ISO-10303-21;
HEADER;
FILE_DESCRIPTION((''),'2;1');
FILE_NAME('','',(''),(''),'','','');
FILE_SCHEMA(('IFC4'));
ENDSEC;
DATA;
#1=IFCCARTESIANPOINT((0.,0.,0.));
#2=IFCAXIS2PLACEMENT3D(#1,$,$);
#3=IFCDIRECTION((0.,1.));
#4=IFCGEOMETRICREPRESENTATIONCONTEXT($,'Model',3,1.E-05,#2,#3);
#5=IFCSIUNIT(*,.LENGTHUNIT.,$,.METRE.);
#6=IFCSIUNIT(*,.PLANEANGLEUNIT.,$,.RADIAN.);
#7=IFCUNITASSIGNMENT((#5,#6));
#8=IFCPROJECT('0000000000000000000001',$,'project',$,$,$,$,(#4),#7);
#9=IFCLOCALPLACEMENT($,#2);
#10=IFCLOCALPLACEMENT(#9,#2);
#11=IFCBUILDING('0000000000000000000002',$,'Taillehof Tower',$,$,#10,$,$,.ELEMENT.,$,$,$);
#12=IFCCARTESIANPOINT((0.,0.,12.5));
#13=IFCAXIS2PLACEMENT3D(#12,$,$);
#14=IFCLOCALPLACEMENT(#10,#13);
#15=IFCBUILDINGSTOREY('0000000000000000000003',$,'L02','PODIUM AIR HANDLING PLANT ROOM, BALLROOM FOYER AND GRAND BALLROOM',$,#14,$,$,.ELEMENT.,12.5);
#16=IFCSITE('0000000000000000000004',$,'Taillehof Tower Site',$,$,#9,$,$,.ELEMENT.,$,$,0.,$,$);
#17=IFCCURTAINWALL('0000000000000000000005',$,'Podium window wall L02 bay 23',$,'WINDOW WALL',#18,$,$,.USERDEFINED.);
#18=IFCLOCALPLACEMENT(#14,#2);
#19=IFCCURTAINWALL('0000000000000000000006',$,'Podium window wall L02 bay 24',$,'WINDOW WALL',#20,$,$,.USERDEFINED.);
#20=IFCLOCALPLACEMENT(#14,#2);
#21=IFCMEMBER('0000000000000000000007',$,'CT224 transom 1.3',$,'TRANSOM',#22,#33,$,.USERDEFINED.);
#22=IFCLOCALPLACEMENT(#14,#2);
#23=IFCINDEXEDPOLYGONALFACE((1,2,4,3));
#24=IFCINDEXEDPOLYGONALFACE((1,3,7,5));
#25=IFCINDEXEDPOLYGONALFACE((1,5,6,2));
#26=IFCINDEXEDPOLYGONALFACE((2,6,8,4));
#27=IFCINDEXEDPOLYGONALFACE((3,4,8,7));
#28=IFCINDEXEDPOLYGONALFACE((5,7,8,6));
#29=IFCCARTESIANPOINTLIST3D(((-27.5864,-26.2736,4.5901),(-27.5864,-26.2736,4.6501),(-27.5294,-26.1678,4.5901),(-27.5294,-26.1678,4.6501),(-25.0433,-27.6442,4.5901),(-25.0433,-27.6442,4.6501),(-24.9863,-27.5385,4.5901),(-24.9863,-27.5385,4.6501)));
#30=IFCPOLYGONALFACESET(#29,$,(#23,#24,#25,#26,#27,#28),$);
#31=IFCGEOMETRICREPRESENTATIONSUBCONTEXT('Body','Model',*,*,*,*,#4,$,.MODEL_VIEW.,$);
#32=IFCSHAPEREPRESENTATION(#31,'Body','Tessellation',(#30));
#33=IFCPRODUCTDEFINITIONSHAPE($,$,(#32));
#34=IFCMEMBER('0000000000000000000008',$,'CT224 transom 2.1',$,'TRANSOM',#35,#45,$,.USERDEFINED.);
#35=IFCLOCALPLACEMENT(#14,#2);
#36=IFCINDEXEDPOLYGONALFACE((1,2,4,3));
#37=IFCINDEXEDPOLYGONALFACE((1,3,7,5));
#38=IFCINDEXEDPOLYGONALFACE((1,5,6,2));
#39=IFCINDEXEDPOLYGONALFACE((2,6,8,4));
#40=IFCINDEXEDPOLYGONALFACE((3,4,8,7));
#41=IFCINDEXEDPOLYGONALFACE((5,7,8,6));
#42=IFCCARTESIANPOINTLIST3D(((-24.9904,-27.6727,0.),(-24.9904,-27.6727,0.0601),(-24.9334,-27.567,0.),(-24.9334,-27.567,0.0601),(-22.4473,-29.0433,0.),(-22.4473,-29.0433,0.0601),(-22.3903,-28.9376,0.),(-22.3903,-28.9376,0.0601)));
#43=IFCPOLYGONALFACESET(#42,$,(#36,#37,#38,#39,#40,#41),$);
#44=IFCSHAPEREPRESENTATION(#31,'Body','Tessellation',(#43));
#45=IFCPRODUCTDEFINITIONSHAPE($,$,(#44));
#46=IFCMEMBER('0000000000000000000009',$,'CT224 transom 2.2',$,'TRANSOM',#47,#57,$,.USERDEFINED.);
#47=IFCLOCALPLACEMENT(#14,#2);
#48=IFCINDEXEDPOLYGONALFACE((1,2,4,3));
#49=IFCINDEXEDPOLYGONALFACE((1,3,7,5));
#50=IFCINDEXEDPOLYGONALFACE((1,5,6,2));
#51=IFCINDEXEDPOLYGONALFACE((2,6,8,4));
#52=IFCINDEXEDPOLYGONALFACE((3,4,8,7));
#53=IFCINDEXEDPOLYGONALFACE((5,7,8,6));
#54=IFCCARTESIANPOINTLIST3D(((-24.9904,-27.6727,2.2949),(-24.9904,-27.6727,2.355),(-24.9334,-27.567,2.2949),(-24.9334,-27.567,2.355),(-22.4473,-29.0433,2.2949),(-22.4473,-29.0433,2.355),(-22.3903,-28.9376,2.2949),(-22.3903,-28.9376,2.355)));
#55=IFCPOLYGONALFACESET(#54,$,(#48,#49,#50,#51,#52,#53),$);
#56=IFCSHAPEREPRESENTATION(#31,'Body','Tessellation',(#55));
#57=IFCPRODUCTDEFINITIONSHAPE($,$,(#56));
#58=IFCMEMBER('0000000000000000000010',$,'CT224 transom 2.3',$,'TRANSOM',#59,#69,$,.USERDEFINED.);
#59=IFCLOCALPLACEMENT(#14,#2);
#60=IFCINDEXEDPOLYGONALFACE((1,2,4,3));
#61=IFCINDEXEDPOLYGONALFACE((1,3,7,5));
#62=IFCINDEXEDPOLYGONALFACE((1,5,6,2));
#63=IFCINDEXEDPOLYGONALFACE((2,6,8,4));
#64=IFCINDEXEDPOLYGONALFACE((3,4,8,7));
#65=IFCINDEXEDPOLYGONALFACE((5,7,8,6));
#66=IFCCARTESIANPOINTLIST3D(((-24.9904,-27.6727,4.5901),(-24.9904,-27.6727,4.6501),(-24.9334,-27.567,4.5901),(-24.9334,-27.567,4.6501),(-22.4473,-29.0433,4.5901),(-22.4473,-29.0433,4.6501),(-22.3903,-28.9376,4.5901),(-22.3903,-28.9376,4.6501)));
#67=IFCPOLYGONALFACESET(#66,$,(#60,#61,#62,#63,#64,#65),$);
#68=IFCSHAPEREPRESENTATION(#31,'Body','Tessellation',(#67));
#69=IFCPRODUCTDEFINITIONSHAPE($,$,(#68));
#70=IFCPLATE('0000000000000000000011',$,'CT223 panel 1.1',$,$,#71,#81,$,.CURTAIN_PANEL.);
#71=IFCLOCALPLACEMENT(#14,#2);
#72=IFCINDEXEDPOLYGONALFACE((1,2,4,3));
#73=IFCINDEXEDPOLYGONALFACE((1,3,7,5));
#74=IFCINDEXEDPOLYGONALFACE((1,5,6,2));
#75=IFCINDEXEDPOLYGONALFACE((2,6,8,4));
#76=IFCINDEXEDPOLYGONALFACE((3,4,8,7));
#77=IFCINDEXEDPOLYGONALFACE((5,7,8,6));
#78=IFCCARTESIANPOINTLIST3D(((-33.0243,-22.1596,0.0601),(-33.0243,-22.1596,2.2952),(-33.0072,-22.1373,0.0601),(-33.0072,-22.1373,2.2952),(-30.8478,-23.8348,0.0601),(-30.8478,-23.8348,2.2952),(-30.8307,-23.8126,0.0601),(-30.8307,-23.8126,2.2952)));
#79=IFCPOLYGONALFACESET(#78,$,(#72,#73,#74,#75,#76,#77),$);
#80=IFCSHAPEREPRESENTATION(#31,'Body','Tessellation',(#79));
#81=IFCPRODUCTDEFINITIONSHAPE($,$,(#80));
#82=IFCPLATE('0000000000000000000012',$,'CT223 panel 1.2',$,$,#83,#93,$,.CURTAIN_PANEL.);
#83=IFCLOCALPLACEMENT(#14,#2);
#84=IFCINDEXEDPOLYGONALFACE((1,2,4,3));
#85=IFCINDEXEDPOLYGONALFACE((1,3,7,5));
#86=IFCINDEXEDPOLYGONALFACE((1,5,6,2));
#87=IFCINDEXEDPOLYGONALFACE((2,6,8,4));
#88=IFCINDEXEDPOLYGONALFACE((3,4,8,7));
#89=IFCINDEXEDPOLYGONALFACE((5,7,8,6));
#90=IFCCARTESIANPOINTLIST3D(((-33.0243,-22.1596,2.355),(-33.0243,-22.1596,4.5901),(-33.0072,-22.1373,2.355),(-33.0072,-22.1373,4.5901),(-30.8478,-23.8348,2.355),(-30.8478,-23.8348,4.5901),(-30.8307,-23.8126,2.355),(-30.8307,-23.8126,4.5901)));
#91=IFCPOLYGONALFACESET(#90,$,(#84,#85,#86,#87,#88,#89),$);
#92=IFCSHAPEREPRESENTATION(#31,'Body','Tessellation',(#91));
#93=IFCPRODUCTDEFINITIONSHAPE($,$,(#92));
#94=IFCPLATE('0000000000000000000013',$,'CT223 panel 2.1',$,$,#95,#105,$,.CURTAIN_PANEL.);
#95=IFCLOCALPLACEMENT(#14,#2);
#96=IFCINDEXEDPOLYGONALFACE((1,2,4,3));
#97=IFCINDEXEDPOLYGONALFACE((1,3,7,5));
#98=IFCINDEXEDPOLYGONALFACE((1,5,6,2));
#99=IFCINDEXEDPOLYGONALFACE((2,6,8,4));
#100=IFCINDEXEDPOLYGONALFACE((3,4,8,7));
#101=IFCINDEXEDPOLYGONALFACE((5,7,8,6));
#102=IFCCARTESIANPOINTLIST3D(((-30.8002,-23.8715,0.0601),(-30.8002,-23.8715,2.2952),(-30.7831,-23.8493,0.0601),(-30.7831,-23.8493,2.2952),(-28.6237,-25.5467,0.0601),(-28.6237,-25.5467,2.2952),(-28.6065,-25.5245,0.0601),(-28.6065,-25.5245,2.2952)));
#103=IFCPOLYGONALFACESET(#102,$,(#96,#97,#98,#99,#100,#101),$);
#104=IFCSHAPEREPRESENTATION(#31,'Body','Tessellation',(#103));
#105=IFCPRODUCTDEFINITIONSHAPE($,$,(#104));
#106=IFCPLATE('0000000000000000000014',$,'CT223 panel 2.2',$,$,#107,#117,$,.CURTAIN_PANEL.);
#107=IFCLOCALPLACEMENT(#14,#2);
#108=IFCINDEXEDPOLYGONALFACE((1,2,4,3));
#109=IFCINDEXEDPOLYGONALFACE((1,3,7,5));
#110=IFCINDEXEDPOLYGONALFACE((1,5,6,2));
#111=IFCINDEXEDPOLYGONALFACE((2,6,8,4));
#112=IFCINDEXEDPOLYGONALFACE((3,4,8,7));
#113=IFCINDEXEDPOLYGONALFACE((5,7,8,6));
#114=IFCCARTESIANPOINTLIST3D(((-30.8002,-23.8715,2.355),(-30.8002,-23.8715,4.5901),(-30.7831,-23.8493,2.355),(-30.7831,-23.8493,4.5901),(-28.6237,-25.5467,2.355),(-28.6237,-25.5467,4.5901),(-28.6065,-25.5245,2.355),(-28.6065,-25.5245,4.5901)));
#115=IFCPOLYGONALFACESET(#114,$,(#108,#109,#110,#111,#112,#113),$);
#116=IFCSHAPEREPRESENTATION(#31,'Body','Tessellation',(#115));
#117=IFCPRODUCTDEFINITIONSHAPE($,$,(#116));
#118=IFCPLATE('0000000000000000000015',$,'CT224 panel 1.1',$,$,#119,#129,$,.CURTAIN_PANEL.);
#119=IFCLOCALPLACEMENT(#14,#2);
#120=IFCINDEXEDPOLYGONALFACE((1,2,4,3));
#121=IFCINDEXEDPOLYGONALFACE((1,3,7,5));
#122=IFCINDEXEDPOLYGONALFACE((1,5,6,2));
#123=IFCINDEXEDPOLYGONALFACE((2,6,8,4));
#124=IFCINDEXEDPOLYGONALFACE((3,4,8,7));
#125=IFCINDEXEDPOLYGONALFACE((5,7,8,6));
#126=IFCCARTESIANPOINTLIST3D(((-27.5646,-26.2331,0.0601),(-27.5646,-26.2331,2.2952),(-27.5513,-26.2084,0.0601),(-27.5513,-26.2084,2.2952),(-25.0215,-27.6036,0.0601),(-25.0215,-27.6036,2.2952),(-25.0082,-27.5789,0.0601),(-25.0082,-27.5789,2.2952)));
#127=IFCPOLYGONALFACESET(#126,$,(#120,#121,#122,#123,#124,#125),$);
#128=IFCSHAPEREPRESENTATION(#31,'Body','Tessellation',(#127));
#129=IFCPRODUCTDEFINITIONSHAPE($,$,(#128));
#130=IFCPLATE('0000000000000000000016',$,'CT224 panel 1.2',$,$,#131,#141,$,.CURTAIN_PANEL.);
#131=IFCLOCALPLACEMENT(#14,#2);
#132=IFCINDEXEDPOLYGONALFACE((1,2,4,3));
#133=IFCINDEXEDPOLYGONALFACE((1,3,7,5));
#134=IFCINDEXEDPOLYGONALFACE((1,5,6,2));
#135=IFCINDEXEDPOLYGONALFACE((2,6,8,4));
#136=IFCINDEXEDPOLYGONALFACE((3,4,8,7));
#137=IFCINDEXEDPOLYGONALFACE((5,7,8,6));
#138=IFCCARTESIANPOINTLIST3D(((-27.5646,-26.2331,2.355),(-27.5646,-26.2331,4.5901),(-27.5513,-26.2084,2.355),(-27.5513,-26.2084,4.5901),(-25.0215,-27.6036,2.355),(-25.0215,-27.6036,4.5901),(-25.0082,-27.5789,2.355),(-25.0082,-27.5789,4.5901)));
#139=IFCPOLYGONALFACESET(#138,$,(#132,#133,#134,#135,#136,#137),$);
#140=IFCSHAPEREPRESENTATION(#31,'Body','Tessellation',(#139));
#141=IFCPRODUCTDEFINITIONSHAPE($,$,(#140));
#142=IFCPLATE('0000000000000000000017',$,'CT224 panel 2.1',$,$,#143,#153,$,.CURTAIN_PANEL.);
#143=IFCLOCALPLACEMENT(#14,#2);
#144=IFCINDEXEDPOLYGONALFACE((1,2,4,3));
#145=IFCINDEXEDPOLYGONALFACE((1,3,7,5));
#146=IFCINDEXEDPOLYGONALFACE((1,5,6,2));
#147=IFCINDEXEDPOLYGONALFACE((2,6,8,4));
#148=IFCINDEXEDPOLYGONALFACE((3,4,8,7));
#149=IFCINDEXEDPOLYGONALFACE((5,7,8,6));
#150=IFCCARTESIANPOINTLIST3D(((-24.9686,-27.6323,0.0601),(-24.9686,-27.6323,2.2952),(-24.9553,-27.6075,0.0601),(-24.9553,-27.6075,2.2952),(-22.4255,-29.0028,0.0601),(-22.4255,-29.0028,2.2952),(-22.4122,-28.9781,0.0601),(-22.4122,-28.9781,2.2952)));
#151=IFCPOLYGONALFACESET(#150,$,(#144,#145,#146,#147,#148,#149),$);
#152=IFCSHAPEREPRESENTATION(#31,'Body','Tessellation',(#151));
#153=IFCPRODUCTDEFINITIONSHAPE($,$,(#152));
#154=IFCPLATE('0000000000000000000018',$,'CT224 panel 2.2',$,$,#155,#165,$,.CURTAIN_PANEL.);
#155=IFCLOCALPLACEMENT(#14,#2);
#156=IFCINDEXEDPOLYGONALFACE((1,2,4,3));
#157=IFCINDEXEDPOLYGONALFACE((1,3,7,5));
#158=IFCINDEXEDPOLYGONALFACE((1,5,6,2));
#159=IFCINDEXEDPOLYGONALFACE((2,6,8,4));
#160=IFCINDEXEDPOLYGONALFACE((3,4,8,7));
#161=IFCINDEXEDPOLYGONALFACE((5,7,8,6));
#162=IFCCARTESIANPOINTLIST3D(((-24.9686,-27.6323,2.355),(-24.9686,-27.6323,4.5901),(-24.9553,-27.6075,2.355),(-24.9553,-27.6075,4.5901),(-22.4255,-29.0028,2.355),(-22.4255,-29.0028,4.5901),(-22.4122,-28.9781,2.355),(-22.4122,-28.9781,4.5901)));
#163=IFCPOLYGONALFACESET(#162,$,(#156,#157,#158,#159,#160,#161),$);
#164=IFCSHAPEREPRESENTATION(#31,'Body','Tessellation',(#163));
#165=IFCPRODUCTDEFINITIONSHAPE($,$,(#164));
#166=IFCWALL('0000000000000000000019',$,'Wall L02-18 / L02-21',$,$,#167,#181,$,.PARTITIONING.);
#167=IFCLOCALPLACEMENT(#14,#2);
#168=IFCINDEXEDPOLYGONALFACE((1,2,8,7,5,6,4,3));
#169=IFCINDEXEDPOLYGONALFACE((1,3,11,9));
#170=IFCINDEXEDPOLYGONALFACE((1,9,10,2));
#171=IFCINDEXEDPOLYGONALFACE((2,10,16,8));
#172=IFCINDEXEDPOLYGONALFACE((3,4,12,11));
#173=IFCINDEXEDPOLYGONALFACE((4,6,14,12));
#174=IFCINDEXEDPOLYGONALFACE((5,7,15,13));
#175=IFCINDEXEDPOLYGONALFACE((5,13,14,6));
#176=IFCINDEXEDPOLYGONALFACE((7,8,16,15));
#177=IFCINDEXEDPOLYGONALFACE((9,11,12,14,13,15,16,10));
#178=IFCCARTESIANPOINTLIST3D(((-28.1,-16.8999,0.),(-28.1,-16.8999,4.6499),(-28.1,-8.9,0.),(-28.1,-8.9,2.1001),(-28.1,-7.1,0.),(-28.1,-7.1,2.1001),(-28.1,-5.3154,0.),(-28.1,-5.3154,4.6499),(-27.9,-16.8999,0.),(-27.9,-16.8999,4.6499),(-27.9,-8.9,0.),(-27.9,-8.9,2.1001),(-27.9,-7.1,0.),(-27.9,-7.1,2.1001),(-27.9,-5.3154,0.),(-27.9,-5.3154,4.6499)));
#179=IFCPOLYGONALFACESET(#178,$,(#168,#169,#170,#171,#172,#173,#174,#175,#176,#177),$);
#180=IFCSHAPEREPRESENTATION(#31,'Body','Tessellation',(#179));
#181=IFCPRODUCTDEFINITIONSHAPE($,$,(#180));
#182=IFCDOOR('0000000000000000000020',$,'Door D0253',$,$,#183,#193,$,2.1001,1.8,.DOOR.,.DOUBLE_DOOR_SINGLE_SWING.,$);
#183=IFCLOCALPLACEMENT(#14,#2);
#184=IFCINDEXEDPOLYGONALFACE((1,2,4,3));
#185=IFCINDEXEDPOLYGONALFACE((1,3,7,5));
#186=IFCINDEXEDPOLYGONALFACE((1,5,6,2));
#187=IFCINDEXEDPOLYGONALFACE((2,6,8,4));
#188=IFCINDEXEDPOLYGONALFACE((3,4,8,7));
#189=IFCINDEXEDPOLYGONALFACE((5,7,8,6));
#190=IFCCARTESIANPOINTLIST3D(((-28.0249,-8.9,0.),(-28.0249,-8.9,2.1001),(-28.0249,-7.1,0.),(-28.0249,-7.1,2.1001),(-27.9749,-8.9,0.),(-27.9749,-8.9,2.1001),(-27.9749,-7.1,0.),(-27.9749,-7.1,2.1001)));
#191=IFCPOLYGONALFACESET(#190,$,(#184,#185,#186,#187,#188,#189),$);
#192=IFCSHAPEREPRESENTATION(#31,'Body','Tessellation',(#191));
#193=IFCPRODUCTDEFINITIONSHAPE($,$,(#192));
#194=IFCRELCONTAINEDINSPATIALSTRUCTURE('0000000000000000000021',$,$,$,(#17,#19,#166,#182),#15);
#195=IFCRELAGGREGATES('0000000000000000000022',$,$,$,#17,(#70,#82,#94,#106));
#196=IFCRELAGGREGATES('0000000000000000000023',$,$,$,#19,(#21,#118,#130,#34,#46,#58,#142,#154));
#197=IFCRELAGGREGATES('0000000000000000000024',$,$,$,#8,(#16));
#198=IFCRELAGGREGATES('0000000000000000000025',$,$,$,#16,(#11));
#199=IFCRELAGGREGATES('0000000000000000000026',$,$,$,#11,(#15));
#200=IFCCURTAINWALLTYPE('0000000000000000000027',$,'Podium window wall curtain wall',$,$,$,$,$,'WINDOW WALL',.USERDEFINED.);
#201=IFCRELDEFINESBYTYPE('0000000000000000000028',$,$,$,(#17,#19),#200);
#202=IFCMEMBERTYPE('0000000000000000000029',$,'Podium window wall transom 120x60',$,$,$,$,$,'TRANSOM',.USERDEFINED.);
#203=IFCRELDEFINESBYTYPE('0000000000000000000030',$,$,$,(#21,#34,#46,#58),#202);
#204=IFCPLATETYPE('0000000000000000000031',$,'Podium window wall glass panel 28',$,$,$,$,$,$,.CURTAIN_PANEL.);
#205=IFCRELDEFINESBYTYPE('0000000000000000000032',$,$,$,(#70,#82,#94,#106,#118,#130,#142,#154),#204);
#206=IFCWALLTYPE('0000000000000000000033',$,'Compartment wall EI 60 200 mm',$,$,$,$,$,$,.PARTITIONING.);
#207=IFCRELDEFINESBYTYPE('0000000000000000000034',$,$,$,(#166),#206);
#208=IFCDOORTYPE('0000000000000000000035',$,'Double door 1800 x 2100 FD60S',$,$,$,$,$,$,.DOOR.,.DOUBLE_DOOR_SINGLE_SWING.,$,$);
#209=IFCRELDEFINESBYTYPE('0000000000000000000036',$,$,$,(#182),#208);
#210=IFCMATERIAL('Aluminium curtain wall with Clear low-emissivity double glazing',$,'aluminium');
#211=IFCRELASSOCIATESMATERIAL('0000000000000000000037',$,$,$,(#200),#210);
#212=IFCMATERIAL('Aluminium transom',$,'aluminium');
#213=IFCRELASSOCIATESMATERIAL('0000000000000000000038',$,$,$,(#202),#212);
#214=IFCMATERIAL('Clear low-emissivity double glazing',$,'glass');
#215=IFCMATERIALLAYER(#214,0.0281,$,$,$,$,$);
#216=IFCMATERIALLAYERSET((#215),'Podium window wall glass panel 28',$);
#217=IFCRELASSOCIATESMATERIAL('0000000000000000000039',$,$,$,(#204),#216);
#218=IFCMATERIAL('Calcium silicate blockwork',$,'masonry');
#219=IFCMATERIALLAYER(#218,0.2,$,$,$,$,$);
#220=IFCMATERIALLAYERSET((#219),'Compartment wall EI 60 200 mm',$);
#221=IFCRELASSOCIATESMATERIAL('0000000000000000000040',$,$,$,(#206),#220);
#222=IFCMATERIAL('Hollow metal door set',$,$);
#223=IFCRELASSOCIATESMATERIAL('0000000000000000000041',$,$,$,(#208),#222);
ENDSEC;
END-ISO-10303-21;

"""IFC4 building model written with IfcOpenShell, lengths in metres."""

from ifc_helpers import new_model, si_unit, direction, frame, frame_2d, origin, origin_2d, place, context, subcontext, project, spatial, rectangle, extrude, material, layer, layer_set, material_profile, profile_set, type_object, element, fill, aggregate, save


model = new_model("IFC4")

# Units and contexts
model_context = context("Model", 3, precision=1e-05, world=origin(), true_north=direction((0.0, 1.0)))
body_context = subcontext(model_context, "Body", "Model", "MODEL_VIEW")
ifc_project = project(units=[si_unit("LENGTHUNIT", "METRE"), si_unit("PLANEANGLEUNIT", "RADIAN")], contexts=[model_context])

# Site, building, storey
site_placement = place(None, origin())
site = spatial("IfcSite", under=ifc_project, at=site_placement, Name="Taillehof Tower Site", CompositionType="ELEMENT", RefElevation=0.0)
building_placement = place(site_placement, origin())
building = spatial("IfcBuilding", under=site, at=building_placement, Name="Taillehof Tower", CompositionType="ELEMENT")
storey_placement = place(building_placement, frame((0.0, 0.0, 12.5)))
storey = spatial("IfcBuildingStorey", under=building, at=storey_placement, Name="L02", Description="PODIUM AIR HANDLING PLANT ROOM, BALLROOM FOYER AND GRAND BALLROOM", CompositionType="ELEMENT", Elevation=12.5)

# Curtain walls
ifc_material_1 = material(Name="Aluminium curtain wall with Clear low-emissivity double glazing", Category="aluminium")
curtain_wall_type = type_object("IfcCurtainWallType", Name="Podium window wall curtain wall", ElementType="WINDOW WALL", PredefinedType="USERDEFINED", material=ifc_material_1)
curtain_wall_1_placement = place(storey_placement, origin())
curtain_wall_1 = element("IfcCurtainWall", 1, at=curtain_wall_1_placement, inside=storey, type_object=curtain_wall_type, Name="Podium window wall L02 bay 23", ObjectType="WINDOW WALL", PredefinedType="USERDEFINED")
curtain_wall_2_placement = place(storey_placement, origin())
curtain_wall_2 = element("IfcCurtainWall", 2, at=curtain_wall_2_placement, inside=storey, type_object=curtain_wall_type, Name="Podium window wall L02 bay 24", ObjectType="WINDOW WALL", PredefinedType="USERDEFINED")

# Members
ifc_material_2 = material(Name="Aluminium transom", Category="aluminium")
ifc_material_profile_1 = material_profile(ifc_material_2, rectangle(XDim=0.1201, YDim=0.0601, at=origin_2d()), Name="AL 120x60")
ifc_profile_set_1 = profile_set([ifc_material_profile_1], Name="Aluminium transom")
member_type_1 = type_object("IfcMemberType", Name="Podium window wall transom 120x60", ElementType="TRANSOM", PredefinedType="USERDEFINED", material=ifc_profile_set_1)
member_1_placement = place(storey_placement, frame((-27.5579, -26.2207, 4.6201), z_axis=(0.880281, -0.474453, 0.0), x_axis=(0.474453, 0.880281, 0.0)))
member_1 = element("IfcMember", 3, at=member_1_placement, type_object=member_type_1, Name="CT224 transom 1.3", ObjectType="TRANSOM", PredefinedType="USERDEFINED", context=body_context, shape_type="SweptSolid", body=[
    extrude(rectangle(XDim=0.1201, YDim=0.0601, at=origin_2d()), origin(), (0.0, 0.0, 1.0), 2.8889),
])
member_2_placement = place(storey_placement, frame((-24.9619, -27.6199, 0.03), z_axis=(0.8803, -0.474417, 0.0), x_axis=(0.474417, 0.8803, 0.0)))
member_2 = element("IfcMember", 4, at=member_2_placement, type_object=member_type_1, Name="CT224 transom 2.1", ObjectType="TRANSOM", PredefinedType="USERDEFINED", context=body_context, shape_type="SweptSolid", body=[
    extrude(rectangle(XDim=0.1201, YDim=0.0601, at=origin_2d()), origin(), (0.0, 0.0, 1.0), 2.8889),
])
member_3_placement = place(storey_placement, frame((-24.9619, -27.6199, 2.325), z_axis=(0.8803, -0.474417, 0.0), x_axis=(0.474417, 0.8803, 0.0)))
member_3 = element("IfcMember", 5, at=member_3_placement, type_object=member_type_1, Name="CT224 transom 2.2", ObjectType="TRANSOM", PredefinedType="USERDEFINED", context=body_context, shape_type="SweptSolid", body=[
    extrude(rectangle(XDim=0.1201, YDim=0.0601, at=origin_2d()), origin(), (0.0, 0.0, 1.0), 2.8889),
])
member_4_placement = place(storey_placement, frame((-24.9619, -27.6199, 4.6201), z_axis=(0.8803, -0.474417, 0.0), x_axis=(0.474417, 0.8803, 0.0)))
member_4 = element("IfcMember", 6, at=member_4_placement, type_object=member_type_1, Name="CT224 transom 2.3", ObjectType="TRANSOM", PredefinedType="USERDEFINED", context=body_context, shape_type="SweptSolid", body=[
    extrude(rectangle(XDim=0.1201, YDim=0.0601, at=origin_2d()), origin(), (0.0, 0.0, 1.0), 2.8889),
])

# Plates
ifc_material_3 = material(Name="Clear low-emissivity double glazing", Category="glass")
ifc_layer_1 = layer(ifc_material_3, 0.0281)
ifc_layer_set_1 = layer_set([ifc_layer_1], Name="Podium window wall glass panel 28")
plate_type = type_object("IfcPlateType", Name="Podium window wall glass panel 28", PredefinedType="CURTAIN_PANEL", material=ifc_layer_set_1)
plate_1_placement = place(storey_placement, frame((-31.9275, -22.9861, 0.0601), z_axis=(0.0, 0.0, 1.0), x_axis=(0.792454, -0.609932, 0.0)))
plate_1 = element("IfcPlate", 7, at=plate_1_placement, type_object=plate_type, Name="CT223 panel 1.1", PredefinedType="CURTAIN_PANEL", context=body_context, shape_type="SweptSolid", body=[
    extrude(rectangle(XDim=2.7466, YDim=0.0281, at=origin_2d()), origin(), (0.0, 0.0, 1.0), 2.2351),
])
plate_2_placement = place(storey_placement, frame((-31.9275, -22.9861, 2.355), z_axis=(0.0, 0.0, 1.0), x_axis=(0.792454, -0.609932, 0.0)))
plate_2 = element("IfcPlate", 8, at=plate_2_placement, type_object=plate_type, Name="CT223 panel 1.2", PredefinedType="CURTAIN_PANEL", context=body_context, shape_type="SweptSolid", body=[
    extrude(rectangle(XDim=2.7466, YDim=0.0281, at=origin_2d()), origin(), (0.0, 0.0, 1.0), 2.2351),
])
plate_3_placement = place(storey_placement, frame((-29.7034, -24.698, 0.0601), z_axis=(0.0, 0.0, 1.0), x_axis=(0.792454, -0.609932, 0.0)))
plate_3 = element("IfcPlate", 9, at=plate_3_placement, type_object=plate_type, Name="CT223 panel 2.1", PredefinedType="CURTAIN_PANEL", context=body_context, shape_type="SweptSolid", body=[
    extrude(rectangle(XDim=2.7466, YDim=0.0281, at=origin_2d()), origin(), (0.0, 0.0, 1.0), 2.2351),
])
plate_4_placement = place(storey_placement, frame((-29.7034, -24.698, 2.355), z_axis=(0.0, 0.0, 1.0), x_axis=(0.792454, -0.609932, 0.0)))
plate_4 = element("IfcPlate", 10, at=plate_4_placement, type_object=plate_type, Name="CT223 panel 2.2", PredefinedType="CURTAIN_PANEL", context=body_context, shape_type="SweptSolid", body=[
    extrude(rectangle(XDim=2.7466, YDim=0.0281, at=origin_2d()), origin(), (0.0, 0.0, 1.0), 2.2351),
])
aggregate(curtain_wall_1, [plate_1, plate_2, plate_3, plate_4])
plate_5_placement = place(storey_placement, frame((-26.2864, -26.906, 0.0601), z_axis=(0.0, 0.0, 1.0), x_axis=(0.880301, -0.474415, 0.0)))
plate_5 = element("IfcPlate", 11, at=plate_5_placement, type_object=plate_type, Name="CT224 panel 1.1", PredefinedType="CURTAIN_PANEL", context=body_context, shape_type="SweptSolid", body=[
    extrude(rectangle(XDim=2.8889, YDim=0.0281, at=origin_2d()), origin(), (0.0, 0.0, 1.0), 2.2351),
])
plate_6_placement = place(storey_placement, frame((-26.2864, -26.906, 2.355), z_axis=(0.0, 0.0, 1.0), x_axis=(0.880301, -0.474415, 0.0)))
plate_6 = element("IfcPlate", 12, at=plate_6_placement, type_object=plate_type, Name="CT224 panel 1.2", PredefinedType="CURTAIN_PANEL", context=body_context, shape_type="SweptSolid", body=[
    extrude(rectangle(XDim=2.8889, YDim=0.0281, at=origin_2d()), origin(), (0.0, 0.0, 1.0), 2.2351),
])
plate_7_placement = place(storey_placement, frame((-23.6904, -28.3052, 0.0601), z_axis=(0.0, 0.0, 1.0), x_axis=(0.880301, -0.474415, 0.0)))
plate_7 = element("IfcPlate", 13, at=plate_7_placement, type_object=plate_type, Name="CT224 panel 2.1", PredefinedType="CURTAIN_PANEL", context=body_context, shape_type="SweptSolid", body=[
    extrude(rectangle(XDim=2.8889, YDim=0.0281, at=origin_2d()), origin(), (0.0, 0.0, 1.0), 2.2351),
])
plate_8_placement = place(storey_placement, frame((-23.6904, -28.3052, 2.355), z_axis=(0.0, 0.0, 1.0), x_axis=(0.880301, -0.474415, 0.0)))
plate_8 = element("IfcPlate", 14, at=plate_8_placement, type_object=plate_type, Name="CT224 panel 2.2", PredefinedType="CURTAIN_PANEL", context=body_context, shape_type="SweptSolid", body=[
    extrude(rectangle(XDim=2.8889, YDim=0.0281, at=origin_2d()), origin(), (0.0, 0.0, 1.0), 2.2351),
])
aggregate(curtain_wall_2, [member_1, plate_5, plate_6, member_2, member_3, member_4, plate_7, plate_8])

# Wall, opening, door
ifc_material_4 = material(Name="Calcium silicate blockwork", Category="masonry")
ifc_layer_2 = layer(ifc_material_4, 0.2)
ifc_layer_set_2 = layer_set([ifc_layer_2], Name="Compartment wall EI 60 200 mm")
wall_type = type_object("IfcWallType", Name="Compartment wall EI 60 200 mm", PredefinedType="PARTITIONING", material=ifc_layer_set_2)
wall_placement = place(storey_placement, frame((-28.0, -16.8999, 0.0), z_axis=(0.0, 0.0, 1.0), x_axis=(0.0, 1.0, 0.0)))
wall = element("IfcWall", 15, at=wall_placement, inside=storey, type_object=wall_type, Name="Wall L02-18 / L02-21", PredefinedType="PARTITIONING", context=body_context, shape_type="SweptSolid", body=[
    extrude(rectangle(XDim=11.5845, YDim=0.2, at=frame_2d((5.7922, 0.0))), origin(), (0.0, 0.0, 1.0), 4.6499),
])
opening_placement = place(wall_placement, frame((8.0, 0.0, 0.0)))
opening = element("IfcOpeningElement", 16, at=opening_placement, cuts=wall, PredefinedType="OPENING", context=body_context, shape_type="SweptSolid", body=[
    extrude(rectangle(XDim=1.8, YDim=2.1001, at=frame_2d((0.8999, 1.05))), frame((0.0, 0.1099, 0.0), z_axis=(0.0, -1.0, 0.0), x_axis=(1.0, 0.0, 0.0)), (0.0, 0.0, 1.0), 0.22),
])
ifc_material_5 = material(Name="Hollow metal door set")
door_type = type_object("IfcDoorType", Name="Double door 1800 x 2100 FD60S", OperationType="DOUBLE_DOOR_SINGLE_SWING", PredefinedType="DOOR", material=ifc_material_5)
door_placement = place(opening_placement, origin())
door = element("IfcDoor", 17, at=door_placement, inside=storey, type_object=door_type, Name="Door D0253", OperationType="DOUBLE_DOOR_SINGLE_SWING", OverallHeight=2.1001, OverallWidth=1.8, PredefinedType="DOOR", context=body_context, shape_type="SweptSolid", body=[
    extrude(rectangle(XDim=1.8, YDim=2.1001, at=frame_2d((0.8999, 1.05))), frame((0.0, 0.0249, 0.0), z_axis=(0.0, -1.0, 0.0), x_axis=(1.0, 0.0, 0.0)), (0.0, 0.0, 1.0), 0.05),
])
fill(opening, door)

save(model, "model.ifc")
